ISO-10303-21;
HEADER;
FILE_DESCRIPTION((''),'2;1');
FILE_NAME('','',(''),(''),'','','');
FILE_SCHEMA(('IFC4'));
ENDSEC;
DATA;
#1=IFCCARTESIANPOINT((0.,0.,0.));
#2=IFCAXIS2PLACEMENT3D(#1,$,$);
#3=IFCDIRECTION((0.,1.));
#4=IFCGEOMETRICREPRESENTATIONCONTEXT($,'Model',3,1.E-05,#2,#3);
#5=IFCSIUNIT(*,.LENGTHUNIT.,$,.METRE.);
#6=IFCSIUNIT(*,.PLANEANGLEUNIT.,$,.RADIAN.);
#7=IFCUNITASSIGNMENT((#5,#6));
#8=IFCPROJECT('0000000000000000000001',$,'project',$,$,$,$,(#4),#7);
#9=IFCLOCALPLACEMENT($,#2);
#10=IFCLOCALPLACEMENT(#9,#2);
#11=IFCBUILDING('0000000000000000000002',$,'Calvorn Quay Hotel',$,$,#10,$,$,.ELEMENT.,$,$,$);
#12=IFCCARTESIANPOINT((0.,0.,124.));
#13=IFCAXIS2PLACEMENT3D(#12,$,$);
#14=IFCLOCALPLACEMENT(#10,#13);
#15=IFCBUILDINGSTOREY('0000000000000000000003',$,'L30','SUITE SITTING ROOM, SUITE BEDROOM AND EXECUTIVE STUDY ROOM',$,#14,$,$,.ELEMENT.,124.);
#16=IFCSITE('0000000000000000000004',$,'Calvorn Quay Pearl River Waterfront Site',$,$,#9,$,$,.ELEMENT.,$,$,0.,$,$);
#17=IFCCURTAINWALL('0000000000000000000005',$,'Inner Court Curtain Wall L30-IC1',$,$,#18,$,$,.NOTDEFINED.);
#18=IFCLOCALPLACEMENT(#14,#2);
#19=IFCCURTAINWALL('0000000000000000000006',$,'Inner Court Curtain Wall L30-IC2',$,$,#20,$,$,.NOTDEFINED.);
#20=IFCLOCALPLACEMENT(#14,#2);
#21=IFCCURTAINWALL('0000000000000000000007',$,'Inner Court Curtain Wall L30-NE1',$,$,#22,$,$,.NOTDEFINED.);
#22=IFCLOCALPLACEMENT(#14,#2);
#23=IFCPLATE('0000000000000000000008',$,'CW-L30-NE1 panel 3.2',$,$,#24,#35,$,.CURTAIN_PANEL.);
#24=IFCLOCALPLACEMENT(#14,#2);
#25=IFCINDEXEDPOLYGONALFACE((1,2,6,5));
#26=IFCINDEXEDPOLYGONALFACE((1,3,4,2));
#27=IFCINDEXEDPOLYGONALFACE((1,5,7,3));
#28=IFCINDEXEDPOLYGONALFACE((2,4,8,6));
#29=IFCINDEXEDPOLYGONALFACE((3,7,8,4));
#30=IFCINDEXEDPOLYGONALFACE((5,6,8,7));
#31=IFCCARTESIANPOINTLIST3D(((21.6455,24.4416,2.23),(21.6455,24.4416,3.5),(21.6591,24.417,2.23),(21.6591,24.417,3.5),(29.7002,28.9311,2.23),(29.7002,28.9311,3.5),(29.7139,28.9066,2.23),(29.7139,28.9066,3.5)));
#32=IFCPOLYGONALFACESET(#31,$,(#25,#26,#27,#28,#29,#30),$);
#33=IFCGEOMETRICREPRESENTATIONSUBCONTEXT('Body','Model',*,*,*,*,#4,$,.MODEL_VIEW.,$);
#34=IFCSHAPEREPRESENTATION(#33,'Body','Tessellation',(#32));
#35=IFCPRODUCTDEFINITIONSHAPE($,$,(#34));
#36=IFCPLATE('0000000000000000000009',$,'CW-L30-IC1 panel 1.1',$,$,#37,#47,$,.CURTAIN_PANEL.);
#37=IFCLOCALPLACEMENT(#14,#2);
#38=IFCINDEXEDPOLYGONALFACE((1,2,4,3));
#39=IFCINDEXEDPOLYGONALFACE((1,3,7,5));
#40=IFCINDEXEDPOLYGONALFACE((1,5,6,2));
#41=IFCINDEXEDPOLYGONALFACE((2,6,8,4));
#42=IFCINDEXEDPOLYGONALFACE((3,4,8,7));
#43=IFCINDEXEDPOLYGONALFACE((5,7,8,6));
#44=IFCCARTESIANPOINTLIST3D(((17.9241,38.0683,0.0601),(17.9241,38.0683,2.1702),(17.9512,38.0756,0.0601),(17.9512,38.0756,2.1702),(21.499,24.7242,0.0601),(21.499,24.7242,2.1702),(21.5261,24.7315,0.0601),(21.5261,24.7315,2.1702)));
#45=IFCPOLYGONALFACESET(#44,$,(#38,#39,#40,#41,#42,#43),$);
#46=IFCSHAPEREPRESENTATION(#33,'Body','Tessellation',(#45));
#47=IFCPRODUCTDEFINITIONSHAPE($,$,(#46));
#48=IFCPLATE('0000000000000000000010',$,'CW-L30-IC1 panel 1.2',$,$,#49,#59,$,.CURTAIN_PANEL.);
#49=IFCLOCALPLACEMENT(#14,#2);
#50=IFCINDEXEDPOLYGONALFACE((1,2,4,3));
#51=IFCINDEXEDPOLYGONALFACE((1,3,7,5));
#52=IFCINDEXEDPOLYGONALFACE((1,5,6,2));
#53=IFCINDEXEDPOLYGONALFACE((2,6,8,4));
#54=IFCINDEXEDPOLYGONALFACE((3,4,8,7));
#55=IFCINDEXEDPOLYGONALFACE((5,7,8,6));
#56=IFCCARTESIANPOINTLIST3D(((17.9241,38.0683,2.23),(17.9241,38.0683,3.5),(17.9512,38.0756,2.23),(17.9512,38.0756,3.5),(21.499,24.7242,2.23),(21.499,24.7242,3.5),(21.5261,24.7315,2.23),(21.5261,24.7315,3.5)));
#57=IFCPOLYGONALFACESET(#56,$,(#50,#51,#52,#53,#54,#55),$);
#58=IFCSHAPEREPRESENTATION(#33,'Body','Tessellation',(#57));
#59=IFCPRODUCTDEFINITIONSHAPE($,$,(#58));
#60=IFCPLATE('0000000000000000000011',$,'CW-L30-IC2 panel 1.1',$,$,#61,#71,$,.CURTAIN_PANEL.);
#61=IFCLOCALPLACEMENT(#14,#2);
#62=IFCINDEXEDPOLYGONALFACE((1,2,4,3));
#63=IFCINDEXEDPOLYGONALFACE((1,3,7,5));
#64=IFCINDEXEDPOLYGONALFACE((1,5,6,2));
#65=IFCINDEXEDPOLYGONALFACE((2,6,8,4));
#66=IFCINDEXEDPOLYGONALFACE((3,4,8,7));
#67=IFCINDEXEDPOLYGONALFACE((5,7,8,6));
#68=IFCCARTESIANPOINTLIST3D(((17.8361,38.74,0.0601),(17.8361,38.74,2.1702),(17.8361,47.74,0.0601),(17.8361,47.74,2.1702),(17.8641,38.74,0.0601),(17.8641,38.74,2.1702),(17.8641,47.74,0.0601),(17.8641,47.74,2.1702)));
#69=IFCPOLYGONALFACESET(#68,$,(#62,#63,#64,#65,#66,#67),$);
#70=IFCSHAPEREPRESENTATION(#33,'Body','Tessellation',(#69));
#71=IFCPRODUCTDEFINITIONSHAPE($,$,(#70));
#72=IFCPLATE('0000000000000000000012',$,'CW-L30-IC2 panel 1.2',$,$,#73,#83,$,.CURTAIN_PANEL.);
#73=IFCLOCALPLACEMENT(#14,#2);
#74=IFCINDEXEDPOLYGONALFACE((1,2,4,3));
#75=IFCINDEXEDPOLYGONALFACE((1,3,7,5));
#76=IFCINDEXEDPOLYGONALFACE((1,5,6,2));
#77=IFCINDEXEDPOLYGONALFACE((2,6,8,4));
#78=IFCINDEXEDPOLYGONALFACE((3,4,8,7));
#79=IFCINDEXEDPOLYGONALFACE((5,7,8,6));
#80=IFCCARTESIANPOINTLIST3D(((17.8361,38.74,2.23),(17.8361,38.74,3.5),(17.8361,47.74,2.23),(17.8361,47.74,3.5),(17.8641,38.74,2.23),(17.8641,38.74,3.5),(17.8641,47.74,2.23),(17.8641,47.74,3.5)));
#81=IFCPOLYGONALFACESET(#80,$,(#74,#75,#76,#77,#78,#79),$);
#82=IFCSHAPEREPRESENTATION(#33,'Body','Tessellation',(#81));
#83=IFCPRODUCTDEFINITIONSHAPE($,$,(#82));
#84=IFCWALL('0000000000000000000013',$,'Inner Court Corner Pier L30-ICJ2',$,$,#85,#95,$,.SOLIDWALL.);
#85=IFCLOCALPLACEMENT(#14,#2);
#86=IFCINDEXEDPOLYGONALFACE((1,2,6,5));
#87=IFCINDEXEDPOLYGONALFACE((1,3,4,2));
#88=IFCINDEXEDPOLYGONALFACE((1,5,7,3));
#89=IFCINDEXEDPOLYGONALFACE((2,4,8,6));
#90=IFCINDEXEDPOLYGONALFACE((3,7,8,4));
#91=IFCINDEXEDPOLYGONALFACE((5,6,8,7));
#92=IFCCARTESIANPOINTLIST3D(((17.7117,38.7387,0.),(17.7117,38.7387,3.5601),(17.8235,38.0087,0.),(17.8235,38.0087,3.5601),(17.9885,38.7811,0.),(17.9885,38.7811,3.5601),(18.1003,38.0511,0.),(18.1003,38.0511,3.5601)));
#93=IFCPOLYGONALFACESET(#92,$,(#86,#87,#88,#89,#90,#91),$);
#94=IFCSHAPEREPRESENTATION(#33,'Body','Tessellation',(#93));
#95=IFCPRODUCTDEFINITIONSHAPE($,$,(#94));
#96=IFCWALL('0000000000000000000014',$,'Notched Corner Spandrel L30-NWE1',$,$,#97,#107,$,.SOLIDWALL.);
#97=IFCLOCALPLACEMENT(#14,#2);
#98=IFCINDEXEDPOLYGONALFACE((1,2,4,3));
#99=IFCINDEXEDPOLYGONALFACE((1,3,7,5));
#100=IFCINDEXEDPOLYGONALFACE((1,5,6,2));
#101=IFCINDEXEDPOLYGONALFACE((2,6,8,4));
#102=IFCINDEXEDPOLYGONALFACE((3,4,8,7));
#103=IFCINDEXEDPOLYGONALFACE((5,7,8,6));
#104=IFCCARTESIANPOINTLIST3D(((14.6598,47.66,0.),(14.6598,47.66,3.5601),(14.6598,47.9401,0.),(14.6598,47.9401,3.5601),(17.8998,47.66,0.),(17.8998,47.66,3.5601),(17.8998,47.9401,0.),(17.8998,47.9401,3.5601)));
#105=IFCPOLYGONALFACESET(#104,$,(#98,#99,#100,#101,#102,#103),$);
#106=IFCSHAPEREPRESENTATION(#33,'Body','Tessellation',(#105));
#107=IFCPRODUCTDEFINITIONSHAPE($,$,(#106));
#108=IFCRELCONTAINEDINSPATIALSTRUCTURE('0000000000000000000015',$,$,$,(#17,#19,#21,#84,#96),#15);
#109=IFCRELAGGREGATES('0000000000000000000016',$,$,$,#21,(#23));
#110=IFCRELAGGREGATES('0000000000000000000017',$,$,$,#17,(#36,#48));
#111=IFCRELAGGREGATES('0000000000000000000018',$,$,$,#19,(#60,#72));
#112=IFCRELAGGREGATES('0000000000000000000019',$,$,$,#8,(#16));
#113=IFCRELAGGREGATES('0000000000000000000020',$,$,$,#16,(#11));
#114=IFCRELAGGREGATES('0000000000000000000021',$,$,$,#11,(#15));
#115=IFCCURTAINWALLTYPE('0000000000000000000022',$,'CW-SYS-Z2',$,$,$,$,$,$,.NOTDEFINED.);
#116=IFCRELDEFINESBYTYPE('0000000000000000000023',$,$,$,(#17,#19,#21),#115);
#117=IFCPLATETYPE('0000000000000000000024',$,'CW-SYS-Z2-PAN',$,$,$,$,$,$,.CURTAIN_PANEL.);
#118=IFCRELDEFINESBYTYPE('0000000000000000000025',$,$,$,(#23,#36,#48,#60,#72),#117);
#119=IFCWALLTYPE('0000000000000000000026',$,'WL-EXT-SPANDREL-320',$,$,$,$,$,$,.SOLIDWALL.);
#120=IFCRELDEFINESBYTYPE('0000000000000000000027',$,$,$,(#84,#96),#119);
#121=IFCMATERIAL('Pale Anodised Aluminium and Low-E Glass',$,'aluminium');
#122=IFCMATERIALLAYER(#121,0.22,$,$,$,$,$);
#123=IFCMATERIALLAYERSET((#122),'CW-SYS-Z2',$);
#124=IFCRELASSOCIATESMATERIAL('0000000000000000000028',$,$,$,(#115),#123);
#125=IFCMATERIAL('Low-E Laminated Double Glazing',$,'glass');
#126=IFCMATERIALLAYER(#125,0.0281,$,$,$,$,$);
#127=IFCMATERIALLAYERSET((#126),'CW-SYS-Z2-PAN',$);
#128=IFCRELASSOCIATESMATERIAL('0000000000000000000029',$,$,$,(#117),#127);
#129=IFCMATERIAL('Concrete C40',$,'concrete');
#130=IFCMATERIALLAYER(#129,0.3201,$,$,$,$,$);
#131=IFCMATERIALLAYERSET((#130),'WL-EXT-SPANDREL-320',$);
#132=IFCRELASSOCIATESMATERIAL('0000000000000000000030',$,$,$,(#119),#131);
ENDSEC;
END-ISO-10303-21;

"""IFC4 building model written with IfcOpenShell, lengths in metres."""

from ifc_helpers import new_model, si_unit, direction, frame, frame_2d, origin, origin_2d, place, context, subcontext, project, spatial, rectangle, extrude, material, layer, layer_set, type_object, element, aggregate, save


model = new_model("IFC4")

# Units and contexts
model_context = context("Model", 3, precision=1e-05, world=origin(), true_north=direction((0.0, 1.0)))
body_context = subcontext(model_context, "Body", "Model", "MODEL_VIEW")
ifc_project = project(units=[si_unit("LENGTHUNIT", "METRE"), si_unit("PLANEANGLEUNIT", "RADIAN")], contexts=[model_context])

# Site, building, storey
site_placement = place(None, origin())
site = spatial("IfcSite", under=ifc_project, at=site_placement, Name="Calvorn Quay Pearl River Waterfront Site", CompositionType="ELEMENT", RefElevation=0.0)
building_placement = place(site_placement, origin())
building = spatial("IfcBuilding", under=site, at=building_placement, Name="Calvorn Quay Hotel", CompositionType="ELEMENT")
storey_placement = place(building_placement, frame((0.0, 0.0, 124.0)))
storey = spatial("IfcBuildingStorey", under=building, at=storey_placement, Name="L30", Description="SUITE SITTING ROOM, SUITE BEDROOM AND EXECUTIVE STUDY ROOM", CompositionType="ELEMENT", Elevation=124.0)

# Curtain wall
ifc_material_1 = material(Name="Pale Anodised Aluminium and Low-E Glass", Category="aluminium")
ifc_layer_1 = layer(ifc_material_1, 0.22)
ifc_layer_set_1 = layer_set([ifc_layer_1], Name="CW-SYS-Z2")
curtain_wall_type = type_object("IfcCurtainWallType", Name="CW-SYS-Z2", PredefinedType="NOTDEFINED", material=ifc_layer_set_1)
curtain_wall_1_placement = place(storey_placement, origin())
curtain_wall_1 = element("IfcCurtainWall", 1, at=curtain_wall_1_placement, inside=storey, type_object=curtain_wall_type, Name="Inner Court Curtain Wall L30-IC1", PredefinedType="NOTDEFINED")

# Curtain wall
curtain_wall_2_placement = place(storey_placement, origin())
curtain_wall_2 = element("IfcCurtainWall", 2, at=curtain_wall_2_placement, inside=storey, type_object=curtain_wall_type, Name="Inner Court Curtain Wall L30-IC2", PredefinedType="NOTDEFINED")

# Curtain wall, plate
curtain_wall_3_placement = place(storey_placement, origin())
curtain_wall_3 = element("IfcCurtainWall", 3, at=curtain_wall_3_placement, inside=storey, type_object=curtain_wall_type, Name="Inner Court Curtain Wall L30-NE1", PredefinedType="NOTDEFINED")
ifc_material_2 = material(Name="Low-E Laminated Double Glazing", Category="glass")
ifc_layer_2 = layer(ifc_material_2, 0.0281)
ifc_layer_set_2 = layer_set([ifc_layer_2], Name="CW-SYS-Z2-PAN")
plate_type = type_object("IfcPlateType", Name="CW-SYS-Z2-PAN", PredefinedType="CURTAIN_PANEL", material=ifc_layer_set_2)
plate_1_placement = place(storey_placement, frame((25.6797, 26.6741, 2.23), z_axis=(0.0, 0.0, 1.0), x_axis=(-0.873481, -0.486858, 0.0)))
plate_1 = element("IfcPlate", 4, at=plate_1_placement, type_object=plate_type, Name="CW-L30-NE1 panel 3.2", PredefinedType="CURTAIN_PANEL", context=body_context, shape_type="SweptSolid", body=[
    extrude(rectangle(XDim=9.2214, YDim=0.0281, at=origin_2d()), origin(), (0.0, 0.0, 1.0), 1.27),
])
aggregate(curtain_wall_3, [plate_1])

# Plates
plate_2_placement = place(storey_placement, frame((19.7251, 31.3999, 0.0601), z_axis=(0.0, 0.0, 1.0), x_axis=(-0.258779, 0.965937, 0.0)))
plate_2 = element("IfcPlate", 5, at=plate_2_placement, type_object=plate_type, Name="CW-L30-IC1 panel 1.1", PredefinedType="CURTAIN_PANEL", context=body_context, shape_type="SweptSolid", body=[
    extrude(rectangle(XDim=13.8147, YDim=0.0281, at=origin_2d()), origin(), (0.0, 0.0, 1.0), 2.1101),
])
plate_3_placement = place(storey_placement, frame((19.7251, 31.3999, 2.23), z_axis=(0.0, 0.0, 1.0), x_axis=(-0.258779, 0.965937, 0.0)))
plate_3 = element("IfcPlate", 6, at=plate_3_placement, type_object=plate_type, Name="CW-L30-IC1 panel 1.2", PredefinedType="CURTAIN_PANEL", context=body_context, shape_type="SweptSolid", body=[
    extrude(rectangle(XDim=13.8147, YDim=0.0281, at=origin_2d()), origin(), (0.0, 0.0, 1.0), 1.27),
])
aggregate(curtain_wall_1, [plate_2, plate_3])
plate_4_placement = place(storey_placement, frame((17.8501, 43.24, 0.0601), z_axis=(0.0, 0.0, 1.0), x_axis=(0.0, 1.0, 0.0)))
plate_4 = element("IfcPlate", 7, at=plate_4_placement, type_object=plate_type, Name="CW-L30-IC2 panel 1.1", PredefinedType="CURTAIN_PANEL", context=body_context, shape_type="SweptSolid", body=[
    extrude(rectangle(XDim=9.0, YDim=0.0281, at=origin_2d()), origin(), (0.0, 0.0, 1.0), 2.1101),
])
plate_5_placement = place(storey_placement, frame((17.8501, 43.24, 2.23), z_axis=(0.0, 0.0, 1.0), x_axis=(0.0, 1.0, 0.0)))
plate_5 = element("IfcPlate", 8, at=plate_5_placement, type_object=plate_type, Name="CW-L30-IC2 panel 1.2", PredefinedType="CURTAIN_PANEL", context=body_context, shape_type="SweptSolid", body=[
    extrude(rectangle(XDim=9.0, YDim=0.0281, at=origin_2d()), origin(), (0.0, 0.0, 1.0), 1.27),
])
aggregate(curtain_wall_2, [plate_4, plate_5])

# Walls
ifc_material_3 = material(Name="Concrete C40", Category="concrete")
ifc_layer_3 = layer(ifc_material_3, 0.3201)
ifc_layer_set_3 = layer_set([ifc_layer_3], Name="WL-EXT-SPANDREL-320")
wall_type = type_object("IfcWallType", Name="WL-EXT-SPANDREL-320", PredefinedType="SOLIDWALL", material=ifc_layer_set_3)
wall_1_placement = place(storey_placement, frame((17.9619, 38.03, 0.0), z_axis=(0.0, 0.0, 1.0), x_axis=(-0.151411, 0.988471, 0.0)))
element("IfcWall", 9, at=wall_1_placement, inside=storey, type_object=wall_type, Name="Inner Court Corner Pier L30-ICJ2", PredefinedType="SOLIDWALL", context=body_context, shape_type="SweptSolid", body=[
    extrude(rectangle(XDim=0.7385, YDim=0.28, at=frame_2d((0.3691, 0.0))), origin(), (0.0, 0.0, 1.0), 3.5601),
])
wall_2_placement = place(storey_placement, frame((17.8999, 47.8, 0.0), z_axis=(0.0, 0.0, 1.0), x_axis=(-1.0, 0.0, 0.0)))
element("IfcWall", 10, at=wall_2_placement, inside=storey, type_object=wall_type, Name="Notched Corner Spandrel L30-NWE1", PredefinedType="SOLIDWALL", context=body_context, shape_type="SweptSolid", body=[
    extrude(rectangle(XDim=3.24, YDim=0.28, at=frame_2d((1.6201, 0.0))), origin(), (0.0, 0.0, 1.0), 3.5601),
])

save(model, "model.ifc")
